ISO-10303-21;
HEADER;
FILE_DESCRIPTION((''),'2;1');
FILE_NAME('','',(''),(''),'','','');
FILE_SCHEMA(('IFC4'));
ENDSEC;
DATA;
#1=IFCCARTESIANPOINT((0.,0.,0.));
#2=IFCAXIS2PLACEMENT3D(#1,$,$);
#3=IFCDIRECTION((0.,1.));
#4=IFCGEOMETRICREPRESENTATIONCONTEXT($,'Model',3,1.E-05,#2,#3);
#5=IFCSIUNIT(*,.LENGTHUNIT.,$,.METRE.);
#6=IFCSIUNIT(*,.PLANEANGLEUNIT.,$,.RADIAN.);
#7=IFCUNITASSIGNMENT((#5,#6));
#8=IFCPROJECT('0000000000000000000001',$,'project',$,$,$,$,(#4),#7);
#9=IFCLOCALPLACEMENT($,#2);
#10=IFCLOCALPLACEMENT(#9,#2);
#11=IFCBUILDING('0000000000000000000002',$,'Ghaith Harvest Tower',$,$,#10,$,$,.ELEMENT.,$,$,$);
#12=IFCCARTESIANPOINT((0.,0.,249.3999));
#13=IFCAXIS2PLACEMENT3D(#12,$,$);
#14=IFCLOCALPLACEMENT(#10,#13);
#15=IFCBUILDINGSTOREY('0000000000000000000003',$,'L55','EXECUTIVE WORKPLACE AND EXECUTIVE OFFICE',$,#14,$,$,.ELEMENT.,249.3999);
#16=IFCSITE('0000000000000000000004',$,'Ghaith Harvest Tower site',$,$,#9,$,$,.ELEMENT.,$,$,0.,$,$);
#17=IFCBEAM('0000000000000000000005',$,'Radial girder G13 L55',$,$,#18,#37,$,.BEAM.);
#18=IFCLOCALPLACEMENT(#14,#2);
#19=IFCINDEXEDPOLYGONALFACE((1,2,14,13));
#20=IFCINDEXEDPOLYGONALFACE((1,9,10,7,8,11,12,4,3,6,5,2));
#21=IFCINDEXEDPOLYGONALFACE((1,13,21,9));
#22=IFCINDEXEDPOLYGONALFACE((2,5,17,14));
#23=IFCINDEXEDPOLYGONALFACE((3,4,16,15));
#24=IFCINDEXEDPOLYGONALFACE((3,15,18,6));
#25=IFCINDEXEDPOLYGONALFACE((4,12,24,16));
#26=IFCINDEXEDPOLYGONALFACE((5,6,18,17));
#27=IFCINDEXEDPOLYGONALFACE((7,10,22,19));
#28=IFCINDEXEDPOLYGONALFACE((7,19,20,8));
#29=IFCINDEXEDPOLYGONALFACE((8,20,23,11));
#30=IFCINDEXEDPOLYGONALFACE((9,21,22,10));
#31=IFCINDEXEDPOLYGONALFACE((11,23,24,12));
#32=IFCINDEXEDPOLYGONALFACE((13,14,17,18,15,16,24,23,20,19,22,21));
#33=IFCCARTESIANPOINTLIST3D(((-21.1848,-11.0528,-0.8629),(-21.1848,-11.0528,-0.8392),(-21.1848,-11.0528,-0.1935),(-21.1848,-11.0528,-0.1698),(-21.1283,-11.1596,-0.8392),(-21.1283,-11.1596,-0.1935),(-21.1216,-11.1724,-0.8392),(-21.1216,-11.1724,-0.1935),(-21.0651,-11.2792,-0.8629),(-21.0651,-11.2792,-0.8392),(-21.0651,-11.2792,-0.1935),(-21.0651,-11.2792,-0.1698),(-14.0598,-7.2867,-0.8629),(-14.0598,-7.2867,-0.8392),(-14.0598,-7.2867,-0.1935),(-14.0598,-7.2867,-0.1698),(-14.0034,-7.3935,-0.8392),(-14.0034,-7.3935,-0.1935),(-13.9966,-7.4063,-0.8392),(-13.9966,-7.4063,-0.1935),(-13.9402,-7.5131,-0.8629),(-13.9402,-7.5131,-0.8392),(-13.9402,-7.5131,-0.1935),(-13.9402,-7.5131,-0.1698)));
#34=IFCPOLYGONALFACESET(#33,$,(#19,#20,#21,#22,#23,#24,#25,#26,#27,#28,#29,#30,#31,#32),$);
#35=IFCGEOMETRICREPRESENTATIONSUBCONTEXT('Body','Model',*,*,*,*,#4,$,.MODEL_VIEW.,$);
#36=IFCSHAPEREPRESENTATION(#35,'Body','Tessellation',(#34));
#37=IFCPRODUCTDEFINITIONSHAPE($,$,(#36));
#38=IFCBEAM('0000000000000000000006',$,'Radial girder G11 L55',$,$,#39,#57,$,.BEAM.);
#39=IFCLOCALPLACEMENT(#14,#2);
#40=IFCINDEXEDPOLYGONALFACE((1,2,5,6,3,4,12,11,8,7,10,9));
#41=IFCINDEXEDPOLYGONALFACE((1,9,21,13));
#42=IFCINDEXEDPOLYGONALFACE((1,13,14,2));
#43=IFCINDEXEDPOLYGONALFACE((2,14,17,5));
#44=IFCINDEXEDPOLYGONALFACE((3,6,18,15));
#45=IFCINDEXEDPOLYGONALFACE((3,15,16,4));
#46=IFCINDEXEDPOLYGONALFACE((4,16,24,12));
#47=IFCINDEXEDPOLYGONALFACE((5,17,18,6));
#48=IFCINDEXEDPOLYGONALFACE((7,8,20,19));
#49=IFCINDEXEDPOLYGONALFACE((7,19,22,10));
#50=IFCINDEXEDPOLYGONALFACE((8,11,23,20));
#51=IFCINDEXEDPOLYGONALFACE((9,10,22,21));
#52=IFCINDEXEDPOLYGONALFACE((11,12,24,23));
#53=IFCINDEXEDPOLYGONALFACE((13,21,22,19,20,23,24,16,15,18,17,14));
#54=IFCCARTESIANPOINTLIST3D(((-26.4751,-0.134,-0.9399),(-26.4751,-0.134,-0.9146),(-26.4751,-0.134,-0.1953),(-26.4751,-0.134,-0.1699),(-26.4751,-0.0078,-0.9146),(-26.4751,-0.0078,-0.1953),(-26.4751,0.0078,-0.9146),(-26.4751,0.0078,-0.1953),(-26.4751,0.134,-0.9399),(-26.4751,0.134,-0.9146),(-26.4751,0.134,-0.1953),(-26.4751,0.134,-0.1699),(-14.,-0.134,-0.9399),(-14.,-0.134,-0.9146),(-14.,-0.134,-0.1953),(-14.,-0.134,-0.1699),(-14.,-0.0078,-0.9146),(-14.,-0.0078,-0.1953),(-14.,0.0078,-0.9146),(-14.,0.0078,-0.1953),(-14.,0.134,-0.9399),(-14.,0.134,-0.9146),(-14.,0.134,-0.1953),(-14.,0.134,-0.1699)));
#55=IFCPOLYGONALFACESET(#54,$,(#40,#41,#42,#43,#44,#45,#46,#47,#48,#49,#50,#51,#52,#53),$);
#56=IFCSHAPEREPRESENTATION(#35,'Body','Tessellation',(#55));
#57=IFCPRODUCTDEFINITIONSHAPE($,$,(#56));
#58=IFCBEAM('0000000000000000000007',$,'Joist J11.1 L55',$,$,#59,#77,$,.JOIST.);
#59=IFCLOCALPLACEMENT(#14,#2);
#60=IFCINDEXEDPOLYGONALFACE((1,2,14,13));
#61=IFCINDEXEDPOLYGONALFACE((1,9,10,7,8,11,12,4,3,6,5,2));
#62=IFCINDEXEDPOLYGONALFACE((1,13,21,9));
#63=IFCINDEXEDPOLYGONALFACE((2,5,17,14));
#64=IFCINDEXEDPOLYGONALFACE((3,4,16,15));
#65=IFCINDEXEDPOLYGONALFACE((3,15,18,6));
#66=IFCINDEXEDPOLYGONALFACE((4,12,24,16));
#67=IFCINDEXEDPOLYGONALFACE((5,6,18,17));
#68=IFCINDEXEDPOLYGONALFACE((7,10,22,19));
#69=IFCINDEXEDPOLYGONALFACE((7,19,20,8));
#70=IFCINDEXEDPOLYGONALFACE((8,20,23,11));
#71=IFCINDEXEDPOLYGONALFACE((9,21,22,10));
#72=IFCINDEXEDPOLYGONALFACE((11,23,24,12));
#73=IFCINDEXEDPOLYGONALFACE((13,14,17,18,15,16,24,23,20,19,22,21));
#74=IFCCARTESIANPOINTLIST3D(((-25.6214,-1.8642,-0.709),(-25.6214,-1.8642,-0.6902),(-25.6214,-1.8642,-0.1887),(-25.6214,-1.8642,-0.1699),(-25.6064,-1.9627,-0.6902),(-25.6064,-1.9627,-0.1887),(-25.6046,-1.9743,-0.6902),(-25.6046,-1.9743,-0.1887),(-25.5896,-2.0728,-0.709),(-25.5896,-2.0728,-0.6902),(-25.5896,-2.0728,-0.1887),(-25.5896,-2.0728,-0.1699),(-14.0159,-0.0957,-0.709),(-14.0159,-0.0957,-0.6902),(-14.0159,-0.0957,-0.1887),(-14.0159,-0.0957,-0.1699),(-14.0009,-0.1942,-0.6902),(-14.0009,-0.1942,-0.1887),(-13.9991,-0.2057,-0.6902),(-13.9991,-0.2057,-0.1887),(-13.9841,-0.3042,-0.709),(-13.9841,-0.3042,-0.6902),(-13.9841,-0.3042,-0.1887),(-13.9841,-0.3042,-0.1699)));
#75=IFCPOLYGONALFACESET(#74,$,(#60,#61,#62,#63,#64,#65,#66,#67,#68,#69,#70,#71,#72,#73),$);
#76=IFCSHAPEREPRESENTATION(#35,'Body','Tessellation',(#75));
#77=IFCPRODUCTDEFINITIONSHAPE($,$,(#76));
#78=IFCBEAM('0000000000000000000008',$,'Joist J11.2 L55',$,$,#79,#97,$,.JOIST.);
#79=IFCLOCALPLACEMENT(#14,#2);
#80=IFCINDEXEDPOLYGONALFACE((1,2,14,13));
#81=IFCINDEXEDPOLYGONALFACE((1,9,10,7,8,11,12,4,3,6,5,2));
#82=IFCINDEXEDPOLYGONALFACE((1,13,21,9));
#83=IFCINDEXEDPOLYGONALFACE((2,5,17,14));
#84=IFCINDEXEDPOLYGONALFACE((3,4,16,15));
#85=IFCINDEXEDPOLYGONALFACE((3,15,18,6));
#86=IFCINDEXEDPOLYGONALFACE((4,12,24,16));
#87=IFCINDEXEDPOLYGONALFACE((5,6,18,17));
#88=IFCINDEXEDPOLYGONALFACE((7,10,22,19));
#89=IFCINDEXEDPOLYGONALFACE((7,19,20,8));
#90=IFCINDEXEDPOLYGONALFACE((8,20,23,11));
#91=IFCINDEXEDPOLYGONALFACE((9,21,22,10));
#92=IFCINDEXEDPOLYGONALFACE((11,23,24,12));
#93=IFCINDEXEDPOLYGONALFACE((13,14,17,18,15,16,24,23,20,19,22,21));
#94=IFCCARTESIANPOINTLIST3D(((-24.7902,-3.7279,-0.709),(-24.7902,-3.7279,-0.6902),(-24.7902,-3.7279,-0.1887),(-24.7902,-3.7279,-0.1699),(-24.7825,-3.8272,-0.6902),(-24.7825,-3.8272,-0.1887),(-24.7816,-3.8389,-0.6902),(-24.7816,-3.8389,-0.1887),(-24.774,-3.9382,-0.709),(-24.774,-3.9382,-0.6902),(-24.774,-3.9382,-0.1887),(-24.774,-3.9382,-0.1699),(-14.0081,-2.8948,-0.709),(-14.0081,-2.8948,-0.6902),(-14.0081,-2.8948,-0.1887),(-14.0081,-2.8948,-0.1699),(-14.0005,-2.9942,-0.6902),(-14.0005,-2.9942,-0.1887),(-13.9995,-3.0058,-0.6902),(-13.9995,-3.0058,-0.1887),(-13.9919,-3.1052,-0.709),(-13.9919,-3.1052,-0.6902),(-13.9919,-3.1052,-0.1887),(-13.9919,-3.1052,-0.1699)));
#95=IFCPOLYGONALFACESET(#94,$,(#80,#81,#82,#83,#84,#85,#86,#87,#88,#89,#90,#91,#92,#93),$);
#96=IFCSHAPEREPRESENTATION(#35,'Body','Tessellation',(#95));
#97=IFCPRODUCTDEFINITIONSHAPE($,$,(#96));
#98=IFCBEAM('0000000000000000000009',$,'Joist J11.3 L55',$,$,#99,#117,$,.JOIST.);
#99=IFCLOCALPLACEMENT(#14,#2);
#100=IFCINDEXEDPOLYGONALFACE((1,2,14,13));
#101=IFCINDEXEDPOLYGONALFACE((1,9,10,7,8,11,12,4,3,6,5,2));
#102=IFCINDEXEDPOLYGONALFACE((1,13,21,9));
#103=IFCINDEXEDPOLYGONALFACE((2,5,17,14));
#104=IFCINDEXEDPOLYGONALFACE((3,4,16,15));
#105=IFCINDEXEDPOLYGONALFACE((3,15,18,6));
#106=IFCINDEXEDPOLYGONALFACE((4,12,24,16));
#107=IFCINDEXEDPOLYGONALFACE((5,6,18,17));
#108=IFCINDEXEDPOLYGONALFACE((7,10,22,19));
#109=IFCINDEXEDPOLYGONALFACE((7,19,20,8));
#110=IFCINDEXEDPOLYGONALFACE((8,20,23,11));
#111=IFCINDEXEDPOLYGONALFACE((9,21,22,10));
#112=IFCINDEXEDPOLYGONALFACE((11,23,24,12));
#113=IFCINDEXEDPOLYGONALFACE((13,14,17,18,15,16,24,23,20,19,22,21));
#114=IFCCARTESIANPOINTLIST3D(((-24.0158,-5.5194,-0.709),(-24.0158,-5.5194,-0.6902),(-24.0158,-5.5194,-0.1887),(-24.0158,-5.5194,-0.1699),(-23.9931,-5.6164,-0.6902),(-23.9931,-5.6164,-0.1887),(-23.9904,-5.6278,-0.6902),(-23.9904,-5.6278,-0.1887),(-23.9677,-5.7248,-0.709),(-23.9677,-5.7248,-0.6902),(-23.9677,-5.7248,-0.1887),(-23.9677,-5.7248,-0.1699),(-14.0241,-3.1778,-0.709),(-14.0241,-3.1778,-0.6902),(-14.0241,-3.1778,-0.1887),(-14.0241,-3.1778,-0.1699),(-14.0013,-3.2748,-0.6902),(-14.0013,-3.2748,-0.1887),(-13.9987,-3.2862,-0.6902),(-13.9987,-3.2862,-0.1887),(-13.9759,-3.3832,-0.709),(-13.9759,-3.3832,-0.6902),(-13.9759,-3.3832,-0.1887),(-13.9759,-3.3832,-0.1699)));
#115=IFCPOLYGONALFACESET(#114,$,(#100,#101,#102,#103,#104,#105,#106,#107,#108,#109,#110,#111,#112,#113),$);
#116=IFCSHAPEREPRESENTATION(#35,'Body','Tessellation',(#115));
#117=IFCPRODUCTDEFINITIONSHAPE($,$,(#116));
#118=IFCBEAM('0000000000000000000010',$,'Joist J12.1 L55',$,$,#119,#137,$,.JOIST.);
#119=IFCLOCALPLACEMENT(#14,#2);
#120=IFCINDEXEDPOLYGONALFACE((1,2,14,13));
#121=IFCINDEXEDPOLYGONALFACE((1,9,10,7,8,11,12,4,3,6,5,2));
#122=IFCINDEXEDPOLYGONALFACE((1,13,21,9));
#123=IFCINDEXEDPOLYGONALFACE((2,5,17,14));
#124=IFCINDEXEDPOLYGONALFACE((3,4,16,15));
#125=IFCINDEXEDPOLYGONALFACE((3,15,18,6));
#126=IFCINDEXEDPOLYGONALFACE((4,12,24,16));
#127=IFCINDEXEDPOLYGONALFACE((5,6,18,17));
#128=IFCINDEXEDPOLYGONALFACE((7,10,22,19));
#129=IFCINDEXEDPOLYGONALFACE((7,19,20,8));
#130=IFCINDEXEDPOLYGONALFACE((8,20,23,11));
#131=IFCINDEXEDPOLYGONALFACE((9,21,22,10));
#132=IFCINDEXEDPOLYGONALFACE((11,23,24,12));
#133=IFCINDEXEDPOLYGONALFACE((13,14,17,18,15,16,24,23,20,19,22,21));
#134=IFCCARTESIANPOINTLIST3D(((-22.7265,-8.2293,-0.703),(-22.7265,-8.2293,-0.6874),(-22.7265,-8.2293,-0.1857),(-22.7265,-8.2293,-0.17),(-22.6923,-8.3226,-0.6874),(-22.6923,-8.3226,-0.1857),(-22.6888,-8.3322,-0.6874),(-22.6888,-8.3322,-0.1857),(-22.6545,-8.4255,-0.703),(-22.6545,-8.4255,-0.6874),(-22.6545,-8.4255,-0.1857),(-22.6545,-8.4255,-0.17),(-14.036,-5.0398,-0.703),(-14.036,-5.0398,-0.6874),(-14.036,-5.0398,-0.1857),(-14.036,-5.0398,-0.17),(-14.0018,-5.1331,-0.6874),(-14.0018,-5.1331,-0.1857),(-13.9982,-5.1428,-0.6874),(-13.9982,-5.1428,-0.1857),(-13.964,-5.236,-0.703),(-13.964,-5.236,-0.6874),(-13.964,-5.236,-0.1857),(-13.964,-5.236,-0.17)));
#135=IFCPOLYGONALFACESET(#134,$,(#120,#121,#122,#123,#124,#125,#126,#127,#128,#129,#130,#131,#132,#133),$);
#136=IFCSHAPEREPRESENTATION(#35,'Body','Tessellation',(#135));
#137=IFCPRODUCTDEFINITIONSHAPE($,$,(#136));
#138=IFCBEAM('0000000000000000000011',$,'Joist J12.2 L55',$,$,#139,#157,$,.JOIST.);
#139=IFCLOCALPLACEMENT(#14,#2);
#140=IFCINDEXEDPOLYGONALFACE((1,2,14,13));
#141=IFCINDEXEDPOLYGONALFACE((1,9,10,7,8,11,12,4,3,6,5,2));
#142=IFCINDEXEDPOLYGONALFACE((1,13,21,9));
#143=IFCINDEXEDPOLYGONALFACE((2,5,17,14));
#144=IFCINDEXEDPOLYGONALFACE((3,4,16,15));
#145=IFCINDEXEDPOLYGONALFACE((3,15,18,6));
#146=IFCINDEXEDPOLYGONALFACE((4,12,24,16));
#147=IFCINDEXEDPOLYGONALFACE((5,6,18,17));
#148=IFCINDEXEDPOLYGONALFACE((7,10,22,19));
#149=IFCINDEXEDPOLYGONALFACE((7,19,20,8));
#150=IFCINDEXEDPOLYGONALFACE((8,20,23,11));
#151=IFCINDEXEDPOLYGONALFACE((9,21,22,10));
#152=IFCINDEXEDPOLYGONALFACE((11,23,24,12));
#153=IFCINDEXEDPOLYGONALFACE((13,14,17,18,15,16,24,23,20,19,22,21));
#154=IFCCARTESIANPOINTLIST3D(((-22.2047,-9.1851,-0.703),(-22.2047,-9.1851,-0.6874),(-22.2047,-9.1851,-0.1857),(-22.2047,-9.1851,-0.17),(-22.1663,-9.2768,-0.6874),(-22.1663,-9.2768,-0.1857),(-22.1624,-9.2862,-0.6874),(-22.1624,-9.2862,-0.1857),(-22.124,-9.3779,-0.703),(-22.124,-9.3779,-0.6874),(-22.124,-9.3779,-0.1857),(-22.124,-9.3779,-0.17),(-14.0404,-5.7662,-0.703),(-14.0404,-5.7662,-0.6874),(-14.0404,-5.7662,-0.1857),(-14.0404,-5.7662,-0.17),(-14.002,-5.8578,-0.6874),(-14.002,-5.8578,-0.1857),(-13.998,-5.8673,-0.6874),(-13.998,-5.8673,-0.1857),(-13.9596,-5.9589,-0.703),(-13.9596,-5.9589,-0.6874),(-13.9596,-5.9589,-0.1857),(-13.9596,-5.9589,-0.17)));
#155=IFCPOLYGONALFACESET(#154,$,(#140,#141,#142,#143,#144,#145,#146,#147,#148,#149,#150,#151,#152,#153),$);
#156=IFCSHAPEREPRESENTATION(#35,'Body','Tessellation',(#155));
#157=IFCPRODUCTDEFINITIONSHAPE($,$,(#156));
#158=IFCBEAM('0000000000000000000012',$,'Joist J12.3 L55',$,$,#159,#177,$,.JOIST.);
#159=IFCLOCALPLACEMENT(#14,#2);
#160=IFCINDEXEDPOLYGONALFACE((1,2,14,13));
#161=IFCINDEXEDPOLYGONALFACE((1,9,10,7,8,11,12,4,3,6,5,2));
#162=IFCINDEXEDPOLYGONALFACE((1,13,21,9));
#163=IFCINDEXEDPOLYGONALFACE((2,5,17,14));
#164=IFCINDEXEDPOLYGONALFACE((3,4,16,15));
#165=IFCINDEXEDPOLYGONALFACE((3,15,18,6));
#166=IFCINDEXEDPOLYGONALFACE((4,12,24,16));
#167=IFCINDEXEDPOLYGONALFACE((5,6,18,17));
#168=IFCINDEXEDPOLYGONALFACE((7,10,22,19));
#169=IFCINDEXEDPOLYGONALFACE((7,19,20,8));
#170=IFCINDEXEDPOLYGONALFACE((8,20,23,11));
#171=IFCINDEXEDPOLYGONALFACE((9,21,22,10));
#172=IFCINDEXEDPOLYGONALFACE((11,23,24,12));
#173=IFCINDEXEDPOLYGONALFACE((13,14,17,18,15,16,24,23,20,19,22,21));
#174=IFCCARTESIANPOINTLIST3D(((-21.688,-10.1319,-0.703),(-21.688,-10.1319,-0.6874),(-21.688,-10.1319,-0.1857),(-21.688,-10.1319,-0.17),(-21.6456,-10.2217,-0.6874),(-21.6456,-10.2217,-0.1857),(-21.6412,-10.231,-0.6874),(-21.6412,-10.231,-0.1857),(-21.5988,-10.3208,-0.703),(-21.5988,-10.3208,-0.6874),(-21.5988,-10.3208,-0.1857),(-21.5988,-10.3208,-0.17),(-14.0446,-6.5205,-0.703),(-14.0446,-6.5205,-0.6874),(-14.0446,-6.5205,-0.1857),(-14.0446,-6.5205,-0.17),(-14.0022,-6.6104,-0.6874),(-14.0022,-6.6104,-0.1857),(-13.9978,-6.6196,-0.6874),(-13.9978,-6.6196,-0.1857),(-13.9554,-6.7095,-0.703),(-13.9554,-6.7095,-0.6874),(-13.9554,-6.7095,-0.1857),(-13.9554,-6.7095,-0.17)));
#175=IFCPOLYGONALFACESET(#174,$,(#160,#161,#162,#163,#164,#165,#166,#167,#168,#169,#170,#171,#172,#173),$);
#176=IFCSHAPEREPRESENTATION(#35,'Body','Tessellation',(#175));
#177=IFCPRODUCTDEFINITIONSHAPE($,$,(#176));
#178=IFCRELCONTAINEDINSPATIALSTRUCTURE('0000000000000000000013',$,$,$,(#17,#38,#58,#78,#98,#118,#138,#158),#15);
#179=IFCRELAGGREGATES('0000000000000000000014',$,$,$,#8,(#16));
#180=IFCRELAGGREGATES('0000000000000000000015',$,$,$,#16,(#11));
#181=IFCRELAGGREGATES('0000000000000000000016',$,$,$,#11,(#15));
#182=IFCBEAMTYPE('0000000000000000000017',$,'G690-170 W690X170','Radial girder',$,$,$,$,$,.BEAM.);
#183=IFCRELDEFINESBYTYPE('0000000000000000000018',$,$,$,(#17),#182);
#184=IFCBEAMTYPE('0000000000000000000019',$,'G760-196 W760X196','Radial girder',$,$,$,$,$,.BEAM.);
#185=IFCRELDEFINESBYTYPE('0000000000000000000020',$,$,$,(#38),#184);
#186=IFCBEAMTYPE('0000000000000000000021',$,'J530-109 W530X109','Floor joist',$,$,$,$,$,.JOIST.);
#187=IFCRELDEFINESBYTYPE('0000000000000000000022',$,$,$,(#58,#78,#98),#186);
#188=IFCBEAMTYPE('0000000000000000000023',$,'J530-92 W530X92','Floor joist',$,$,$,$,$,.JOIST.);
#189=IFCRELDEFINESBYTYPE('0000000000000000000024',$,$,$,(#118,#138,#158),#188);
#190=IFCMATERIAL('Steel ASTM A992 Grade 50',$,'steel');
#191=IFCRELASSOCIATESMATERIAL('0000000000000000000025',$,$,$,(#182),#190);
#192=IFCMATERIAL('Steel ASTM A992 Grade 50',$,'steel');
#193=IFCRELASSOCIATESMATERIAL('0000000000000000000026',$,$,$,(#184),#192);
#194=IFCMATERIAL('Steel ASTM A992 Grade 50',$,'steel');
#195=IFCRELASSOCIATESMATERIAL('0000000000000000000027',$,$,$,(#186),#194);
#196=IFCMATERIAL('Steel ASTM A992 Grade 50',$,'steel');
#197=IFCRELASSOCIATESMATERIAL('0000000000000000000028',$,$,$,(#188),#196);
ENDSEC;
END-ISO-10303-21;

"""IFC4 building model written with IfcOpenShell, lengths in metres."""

from ifc_helpers import new_model, si_unit, direction, frame, origin, origin_2d, place, context, subcontext, project, spatial, i_section, extrude, material, material_profile, profile_set, type_object, element, save


model = new_model("IFC4")

# Units and contexts
model_context = context("Model", 3, precision=1e-05, world=origin(), true_north=direction((0.0, 1.0)))
body_context = subcontext(model_context, "Body", "Model", "MODEL_VIEW")
ifc_project = project(units=[si_unit("LENGTHUNIT", "METRE"), si_unit("PLANEANGLEUNIT", "RADIAN")], contexts=[model_context])

# Site, building, storey
site_placement = place(None, origin())
site = spatial("IfcSite", under=ifc_project, at=site_placement, Name="Ghaith Harvest Tower site", CompositionType="ELEMENT", RefElevation=0.0)
building_placement = place(site_placement, origin())
building = spatial("IfcBuilding", under=site, at=building_placement, Name="Ghaith Harvest Tower", CompositionType="ELEMENT")
storey_placement = place(building_placement, frame((0.0, 0.0, 249.3999)))
storey = spatial("IfcBuildingStorey", under=building, at=storey_placement, Name="L55", Description="EXECUTIVE WORKPLACE AND EXECUTIVE OFFICE", CompositionType="ELEMENT", Elevation=249.3999)

# Beams
ifc_material_1 = material(Name="Steel ASTM A992 Grade 50", Category="steel")
ifc_material_profile_1 = material_profile(ifc_material_1, i_section(OverallWidth=0.2561, OverallDepth=0.6931, WebThickness=0.0144, FlangeThickness=0.0237, at=origin_2d()), Name="W690X170")
ifc_profile_set_1 = profile_set([ifc_material_profile_1], Name="Steel ASTM A992 Grade 50")
beam_type_1 = type_object("IfcBeamType", Name="G690-170 W690X170", Description="Radial girder", PredefinedType="BEAM", material=ifc_profile_set_1)
beam_1_placement = place(storey_placement, frame((-14.0, -7.3999, -0.5164), z_axis=(-0.884093, -0.467311, 0.0), x_axis=(0.467311, -0.884093, 0.0)))
element("IfcBeam", 1, at=beam_1_placement, inside=storey, type_object=beam_type_1, Name="Radial girder G13 L55", PredefinedType="BEAM", context=body_context, shape_type="SweptSolid", body=[
    extrude(i_section(OverallWidth=0.2561, OverallDepth=0.6931, WebThickness=0.0144, FlangeThickness=0.0237, at=origin_2d()), origin(), (0.0, 0.0, 1.0), 8.0591),
])
ifc_material_2 = material(Name="Steel ASTM A992 Grade 50", Category="steel")
ifc_material_profile_2 = material_profile(ifc_material_2, i_section(OverallWidth=0.2681, OverallDepth=0.77, WebThickness=0.0156, FlangeThickness=0.0254, at=origin_2d()), Name="W760X196")
ifc_profile_set_2 = profile_set([ifc_material_profile_2], Name="Steel ASTM A992 Grade 50")
beam_type_2 = type_object("IfcBeamType", Name="G760-196 W760X196", Description="Radial girder", PredefinedType="BEAM", material=ifc_profile_set_2)
beam_2_placement = place(storey_placement, frame((-14.0, 0.0, -0.5549), z_axis=(-1.0, 0.0, 0.0), x_axis=(0.0, -1.0, 0.0)))
element("IfcBeam", 2, at=beam_2_placement, inside=storey, type_object=beam_type_2, Name="Radial girder G11 L55", PredefinedType="BEAM", context=body_context, shape_type="SweptSolid", body=[
    extrude(i_section(OverallWidth=0.2681, OverallDepth=0.77, WebThickness=0.0156, FlangeThickness=0.0254, at=origin_2d()), origin(), (0.0, 0.0, 1.0), 12.4751),
])
ifc_material_3 = material(Name="Steel ASTM A992 Grade 50", Category="steel")
ifc_material_profile_3 = material_profile(ifc_material_3, i_section(OverallWidth=0.2109, OverallDepth=0.5391, WebThickness=0.0117, FlangeThickness=0.0188, at=origin_2d()), Name="W530X109")
ifc_profile_set_3 = profile_set([ifc_material_profile_3], Name="Steel ASTM A992 Grade 50")
beam_type_3 = type_object("IfcBeamType", Name="J530-109 W530X109", Description="Floor joist", PredefinedType="JOIST", material=ifc_profile_set_3)
beam_3_placement = place(storey_placement, frame((-14.0, -0.2, -0.4395), z_axis=(-0.988587, -0.150651, 0.0), x_axis=(0.150651, -0.988587, 0.0)))
element("IfcBeam", 3, at=beam_3_placement, inside=storey, type_object=beam_type_3, Name="Joist J11.1 L55", PredefinedType="JOIST", context=body_context, shape_type="SweptSolid", body=[
    extrude(i_section(OverallWidth=0.2109, OverallDepth=0.5391, WebThickness=0.0117, FlangeThickness=0.0188, at=origin_2d()), origin(), (0.0, 0.0, 1.0), 11.7395),
])
beam_4_placement = place(storey_placement, frame((-14.0, -3.0, -0.4395), z_axis=(-0.997029, -0.07703, 0.0), x_axis=(0.07703, -0.997029, 0.0)))
element("IfcBeam", 4, at=beam_4_placement, inside=storey, type_object=beam_type_3, Name="Joist J11.2 L55", PredefinedType="JOIST", context=body_context, shape_type="SweptSolid", body=[
    extrude(i_section(OverallWidth=0.2109, OverallDepth=0.5391, WebThickness=0.0117, FlangeThickness=0.0188, at=origin_2d()), origin(), (0.0, 0.0, 1.0), 10.8142),
])
beam_5_placement = place(storey_placement, frame((-14.0, -3.2805, -0.4395), z_axis=(-0.973622, -0.228168, 0.0), x_axis=(0.228168, -0.973622, 0.0)))
element("IfcBeam", 5, at=beam_5_placement, inside=storey, type_object=beam_type_3, Name="Joist J11.3 L55", PredefinedType="JOIST", context=body_context, shape_type="SweptSolid", body=[
    extrude(i_section(OverallWidth=0.2109, OverallDepth=0.5391, WebThickness=0.0117, FlangeThickness=0.0188, at=origin_2d()), origin(), (0.0, 0.0, 1.0), 10.2625),
])
ifc_material_4 = material(Name="Steel ASTM A992 Grade 50", Category="steel")
ifc_material_profile_4 = material_profile(ifc_material_4, i_section(OverallWidth=0.209, OverallDepth=0.533, WebThickness=0.0103, FlangeThickness=0.0156, at=origin_2d()), Name="W530X92")
ifc_profile_set_4 = profile_set([ifc_material_profile_4], Name="Steel ASTM A992 Grade 50")
beam_type_4 = type_object("IfcBeamType", Name="J530-92 W530X92", Description="Floor joist", PredefinedType="JOIST", material=ifc_profile_set_4)
beam_6_placement = place(storey_placement, frame((-14.0, -5.1379, -0.4365), z_axis=(-0.938773, -0.344537, 0.0), x_axis=(0.344537, -0.938773, 0.0)))
element("IfcBeam", 6, at=beam_6_placement, inside=storey, type_object=beam_type_4, Name="Joist J12.1 L55", PredefinedType="JOIST", context=body_context, shape_type="SweptSolid", body=[
    extrude(i_section(OverallWidth=0.209, OverallDepth=0.533, WebThickness=0.0103, FlangeThickness=0.0156, at=origin_2d()), origin(), (0.0, 0.0, 1.0), 9.2573),
])
beam_7_placement = place(storey_placement, frame((-14.0, -5.8625, -0.4365), z_axis=(-0.922388, -0.386266, 0.0), x_axis=(0.386266, -0.922388, 0.0)))
element("IfcBeam", 7, at=beam_7_placement, inside=storey, type_object=beam_type_4, Name="Joist J12.2 L55", PredefinedType="JOIST", context=body_context, shape_type="SweptSolid", body=[
    extrude(i_section(OverallWidth=0.209, OverallDepth=0.533, WebThickness=0.0103, FlangeThickness=0.0156, at=origin_2d()), origin(), (0.0, 0.0, 1.0), 8.8513),
])
beam_8_placement = place(storey_placement, frame((-14.0, -6.615, -0.4365), z_axis=(-0.904158, -0.427198, 0.0), x_axis=(0.427198, -0.904158, 0.0)))
element("IfcBeam", 8, at=beam_8_placement, inside=storey, type_object=beam_type_4, Name="Joist J12.3 L55", PredefinedType="JOIST", context=body_context, shape_type="SweptSolid", body=[
    extrude(i_section(OverallWidth=0.209, OverallDepth=0.533, WebThickness=0.0103, FlangeThickness=0.0156, at=origin_2d()), origin(), (0.0, 0.0, 1.0), 8.4536),
])

save(model, "model.ifc")
